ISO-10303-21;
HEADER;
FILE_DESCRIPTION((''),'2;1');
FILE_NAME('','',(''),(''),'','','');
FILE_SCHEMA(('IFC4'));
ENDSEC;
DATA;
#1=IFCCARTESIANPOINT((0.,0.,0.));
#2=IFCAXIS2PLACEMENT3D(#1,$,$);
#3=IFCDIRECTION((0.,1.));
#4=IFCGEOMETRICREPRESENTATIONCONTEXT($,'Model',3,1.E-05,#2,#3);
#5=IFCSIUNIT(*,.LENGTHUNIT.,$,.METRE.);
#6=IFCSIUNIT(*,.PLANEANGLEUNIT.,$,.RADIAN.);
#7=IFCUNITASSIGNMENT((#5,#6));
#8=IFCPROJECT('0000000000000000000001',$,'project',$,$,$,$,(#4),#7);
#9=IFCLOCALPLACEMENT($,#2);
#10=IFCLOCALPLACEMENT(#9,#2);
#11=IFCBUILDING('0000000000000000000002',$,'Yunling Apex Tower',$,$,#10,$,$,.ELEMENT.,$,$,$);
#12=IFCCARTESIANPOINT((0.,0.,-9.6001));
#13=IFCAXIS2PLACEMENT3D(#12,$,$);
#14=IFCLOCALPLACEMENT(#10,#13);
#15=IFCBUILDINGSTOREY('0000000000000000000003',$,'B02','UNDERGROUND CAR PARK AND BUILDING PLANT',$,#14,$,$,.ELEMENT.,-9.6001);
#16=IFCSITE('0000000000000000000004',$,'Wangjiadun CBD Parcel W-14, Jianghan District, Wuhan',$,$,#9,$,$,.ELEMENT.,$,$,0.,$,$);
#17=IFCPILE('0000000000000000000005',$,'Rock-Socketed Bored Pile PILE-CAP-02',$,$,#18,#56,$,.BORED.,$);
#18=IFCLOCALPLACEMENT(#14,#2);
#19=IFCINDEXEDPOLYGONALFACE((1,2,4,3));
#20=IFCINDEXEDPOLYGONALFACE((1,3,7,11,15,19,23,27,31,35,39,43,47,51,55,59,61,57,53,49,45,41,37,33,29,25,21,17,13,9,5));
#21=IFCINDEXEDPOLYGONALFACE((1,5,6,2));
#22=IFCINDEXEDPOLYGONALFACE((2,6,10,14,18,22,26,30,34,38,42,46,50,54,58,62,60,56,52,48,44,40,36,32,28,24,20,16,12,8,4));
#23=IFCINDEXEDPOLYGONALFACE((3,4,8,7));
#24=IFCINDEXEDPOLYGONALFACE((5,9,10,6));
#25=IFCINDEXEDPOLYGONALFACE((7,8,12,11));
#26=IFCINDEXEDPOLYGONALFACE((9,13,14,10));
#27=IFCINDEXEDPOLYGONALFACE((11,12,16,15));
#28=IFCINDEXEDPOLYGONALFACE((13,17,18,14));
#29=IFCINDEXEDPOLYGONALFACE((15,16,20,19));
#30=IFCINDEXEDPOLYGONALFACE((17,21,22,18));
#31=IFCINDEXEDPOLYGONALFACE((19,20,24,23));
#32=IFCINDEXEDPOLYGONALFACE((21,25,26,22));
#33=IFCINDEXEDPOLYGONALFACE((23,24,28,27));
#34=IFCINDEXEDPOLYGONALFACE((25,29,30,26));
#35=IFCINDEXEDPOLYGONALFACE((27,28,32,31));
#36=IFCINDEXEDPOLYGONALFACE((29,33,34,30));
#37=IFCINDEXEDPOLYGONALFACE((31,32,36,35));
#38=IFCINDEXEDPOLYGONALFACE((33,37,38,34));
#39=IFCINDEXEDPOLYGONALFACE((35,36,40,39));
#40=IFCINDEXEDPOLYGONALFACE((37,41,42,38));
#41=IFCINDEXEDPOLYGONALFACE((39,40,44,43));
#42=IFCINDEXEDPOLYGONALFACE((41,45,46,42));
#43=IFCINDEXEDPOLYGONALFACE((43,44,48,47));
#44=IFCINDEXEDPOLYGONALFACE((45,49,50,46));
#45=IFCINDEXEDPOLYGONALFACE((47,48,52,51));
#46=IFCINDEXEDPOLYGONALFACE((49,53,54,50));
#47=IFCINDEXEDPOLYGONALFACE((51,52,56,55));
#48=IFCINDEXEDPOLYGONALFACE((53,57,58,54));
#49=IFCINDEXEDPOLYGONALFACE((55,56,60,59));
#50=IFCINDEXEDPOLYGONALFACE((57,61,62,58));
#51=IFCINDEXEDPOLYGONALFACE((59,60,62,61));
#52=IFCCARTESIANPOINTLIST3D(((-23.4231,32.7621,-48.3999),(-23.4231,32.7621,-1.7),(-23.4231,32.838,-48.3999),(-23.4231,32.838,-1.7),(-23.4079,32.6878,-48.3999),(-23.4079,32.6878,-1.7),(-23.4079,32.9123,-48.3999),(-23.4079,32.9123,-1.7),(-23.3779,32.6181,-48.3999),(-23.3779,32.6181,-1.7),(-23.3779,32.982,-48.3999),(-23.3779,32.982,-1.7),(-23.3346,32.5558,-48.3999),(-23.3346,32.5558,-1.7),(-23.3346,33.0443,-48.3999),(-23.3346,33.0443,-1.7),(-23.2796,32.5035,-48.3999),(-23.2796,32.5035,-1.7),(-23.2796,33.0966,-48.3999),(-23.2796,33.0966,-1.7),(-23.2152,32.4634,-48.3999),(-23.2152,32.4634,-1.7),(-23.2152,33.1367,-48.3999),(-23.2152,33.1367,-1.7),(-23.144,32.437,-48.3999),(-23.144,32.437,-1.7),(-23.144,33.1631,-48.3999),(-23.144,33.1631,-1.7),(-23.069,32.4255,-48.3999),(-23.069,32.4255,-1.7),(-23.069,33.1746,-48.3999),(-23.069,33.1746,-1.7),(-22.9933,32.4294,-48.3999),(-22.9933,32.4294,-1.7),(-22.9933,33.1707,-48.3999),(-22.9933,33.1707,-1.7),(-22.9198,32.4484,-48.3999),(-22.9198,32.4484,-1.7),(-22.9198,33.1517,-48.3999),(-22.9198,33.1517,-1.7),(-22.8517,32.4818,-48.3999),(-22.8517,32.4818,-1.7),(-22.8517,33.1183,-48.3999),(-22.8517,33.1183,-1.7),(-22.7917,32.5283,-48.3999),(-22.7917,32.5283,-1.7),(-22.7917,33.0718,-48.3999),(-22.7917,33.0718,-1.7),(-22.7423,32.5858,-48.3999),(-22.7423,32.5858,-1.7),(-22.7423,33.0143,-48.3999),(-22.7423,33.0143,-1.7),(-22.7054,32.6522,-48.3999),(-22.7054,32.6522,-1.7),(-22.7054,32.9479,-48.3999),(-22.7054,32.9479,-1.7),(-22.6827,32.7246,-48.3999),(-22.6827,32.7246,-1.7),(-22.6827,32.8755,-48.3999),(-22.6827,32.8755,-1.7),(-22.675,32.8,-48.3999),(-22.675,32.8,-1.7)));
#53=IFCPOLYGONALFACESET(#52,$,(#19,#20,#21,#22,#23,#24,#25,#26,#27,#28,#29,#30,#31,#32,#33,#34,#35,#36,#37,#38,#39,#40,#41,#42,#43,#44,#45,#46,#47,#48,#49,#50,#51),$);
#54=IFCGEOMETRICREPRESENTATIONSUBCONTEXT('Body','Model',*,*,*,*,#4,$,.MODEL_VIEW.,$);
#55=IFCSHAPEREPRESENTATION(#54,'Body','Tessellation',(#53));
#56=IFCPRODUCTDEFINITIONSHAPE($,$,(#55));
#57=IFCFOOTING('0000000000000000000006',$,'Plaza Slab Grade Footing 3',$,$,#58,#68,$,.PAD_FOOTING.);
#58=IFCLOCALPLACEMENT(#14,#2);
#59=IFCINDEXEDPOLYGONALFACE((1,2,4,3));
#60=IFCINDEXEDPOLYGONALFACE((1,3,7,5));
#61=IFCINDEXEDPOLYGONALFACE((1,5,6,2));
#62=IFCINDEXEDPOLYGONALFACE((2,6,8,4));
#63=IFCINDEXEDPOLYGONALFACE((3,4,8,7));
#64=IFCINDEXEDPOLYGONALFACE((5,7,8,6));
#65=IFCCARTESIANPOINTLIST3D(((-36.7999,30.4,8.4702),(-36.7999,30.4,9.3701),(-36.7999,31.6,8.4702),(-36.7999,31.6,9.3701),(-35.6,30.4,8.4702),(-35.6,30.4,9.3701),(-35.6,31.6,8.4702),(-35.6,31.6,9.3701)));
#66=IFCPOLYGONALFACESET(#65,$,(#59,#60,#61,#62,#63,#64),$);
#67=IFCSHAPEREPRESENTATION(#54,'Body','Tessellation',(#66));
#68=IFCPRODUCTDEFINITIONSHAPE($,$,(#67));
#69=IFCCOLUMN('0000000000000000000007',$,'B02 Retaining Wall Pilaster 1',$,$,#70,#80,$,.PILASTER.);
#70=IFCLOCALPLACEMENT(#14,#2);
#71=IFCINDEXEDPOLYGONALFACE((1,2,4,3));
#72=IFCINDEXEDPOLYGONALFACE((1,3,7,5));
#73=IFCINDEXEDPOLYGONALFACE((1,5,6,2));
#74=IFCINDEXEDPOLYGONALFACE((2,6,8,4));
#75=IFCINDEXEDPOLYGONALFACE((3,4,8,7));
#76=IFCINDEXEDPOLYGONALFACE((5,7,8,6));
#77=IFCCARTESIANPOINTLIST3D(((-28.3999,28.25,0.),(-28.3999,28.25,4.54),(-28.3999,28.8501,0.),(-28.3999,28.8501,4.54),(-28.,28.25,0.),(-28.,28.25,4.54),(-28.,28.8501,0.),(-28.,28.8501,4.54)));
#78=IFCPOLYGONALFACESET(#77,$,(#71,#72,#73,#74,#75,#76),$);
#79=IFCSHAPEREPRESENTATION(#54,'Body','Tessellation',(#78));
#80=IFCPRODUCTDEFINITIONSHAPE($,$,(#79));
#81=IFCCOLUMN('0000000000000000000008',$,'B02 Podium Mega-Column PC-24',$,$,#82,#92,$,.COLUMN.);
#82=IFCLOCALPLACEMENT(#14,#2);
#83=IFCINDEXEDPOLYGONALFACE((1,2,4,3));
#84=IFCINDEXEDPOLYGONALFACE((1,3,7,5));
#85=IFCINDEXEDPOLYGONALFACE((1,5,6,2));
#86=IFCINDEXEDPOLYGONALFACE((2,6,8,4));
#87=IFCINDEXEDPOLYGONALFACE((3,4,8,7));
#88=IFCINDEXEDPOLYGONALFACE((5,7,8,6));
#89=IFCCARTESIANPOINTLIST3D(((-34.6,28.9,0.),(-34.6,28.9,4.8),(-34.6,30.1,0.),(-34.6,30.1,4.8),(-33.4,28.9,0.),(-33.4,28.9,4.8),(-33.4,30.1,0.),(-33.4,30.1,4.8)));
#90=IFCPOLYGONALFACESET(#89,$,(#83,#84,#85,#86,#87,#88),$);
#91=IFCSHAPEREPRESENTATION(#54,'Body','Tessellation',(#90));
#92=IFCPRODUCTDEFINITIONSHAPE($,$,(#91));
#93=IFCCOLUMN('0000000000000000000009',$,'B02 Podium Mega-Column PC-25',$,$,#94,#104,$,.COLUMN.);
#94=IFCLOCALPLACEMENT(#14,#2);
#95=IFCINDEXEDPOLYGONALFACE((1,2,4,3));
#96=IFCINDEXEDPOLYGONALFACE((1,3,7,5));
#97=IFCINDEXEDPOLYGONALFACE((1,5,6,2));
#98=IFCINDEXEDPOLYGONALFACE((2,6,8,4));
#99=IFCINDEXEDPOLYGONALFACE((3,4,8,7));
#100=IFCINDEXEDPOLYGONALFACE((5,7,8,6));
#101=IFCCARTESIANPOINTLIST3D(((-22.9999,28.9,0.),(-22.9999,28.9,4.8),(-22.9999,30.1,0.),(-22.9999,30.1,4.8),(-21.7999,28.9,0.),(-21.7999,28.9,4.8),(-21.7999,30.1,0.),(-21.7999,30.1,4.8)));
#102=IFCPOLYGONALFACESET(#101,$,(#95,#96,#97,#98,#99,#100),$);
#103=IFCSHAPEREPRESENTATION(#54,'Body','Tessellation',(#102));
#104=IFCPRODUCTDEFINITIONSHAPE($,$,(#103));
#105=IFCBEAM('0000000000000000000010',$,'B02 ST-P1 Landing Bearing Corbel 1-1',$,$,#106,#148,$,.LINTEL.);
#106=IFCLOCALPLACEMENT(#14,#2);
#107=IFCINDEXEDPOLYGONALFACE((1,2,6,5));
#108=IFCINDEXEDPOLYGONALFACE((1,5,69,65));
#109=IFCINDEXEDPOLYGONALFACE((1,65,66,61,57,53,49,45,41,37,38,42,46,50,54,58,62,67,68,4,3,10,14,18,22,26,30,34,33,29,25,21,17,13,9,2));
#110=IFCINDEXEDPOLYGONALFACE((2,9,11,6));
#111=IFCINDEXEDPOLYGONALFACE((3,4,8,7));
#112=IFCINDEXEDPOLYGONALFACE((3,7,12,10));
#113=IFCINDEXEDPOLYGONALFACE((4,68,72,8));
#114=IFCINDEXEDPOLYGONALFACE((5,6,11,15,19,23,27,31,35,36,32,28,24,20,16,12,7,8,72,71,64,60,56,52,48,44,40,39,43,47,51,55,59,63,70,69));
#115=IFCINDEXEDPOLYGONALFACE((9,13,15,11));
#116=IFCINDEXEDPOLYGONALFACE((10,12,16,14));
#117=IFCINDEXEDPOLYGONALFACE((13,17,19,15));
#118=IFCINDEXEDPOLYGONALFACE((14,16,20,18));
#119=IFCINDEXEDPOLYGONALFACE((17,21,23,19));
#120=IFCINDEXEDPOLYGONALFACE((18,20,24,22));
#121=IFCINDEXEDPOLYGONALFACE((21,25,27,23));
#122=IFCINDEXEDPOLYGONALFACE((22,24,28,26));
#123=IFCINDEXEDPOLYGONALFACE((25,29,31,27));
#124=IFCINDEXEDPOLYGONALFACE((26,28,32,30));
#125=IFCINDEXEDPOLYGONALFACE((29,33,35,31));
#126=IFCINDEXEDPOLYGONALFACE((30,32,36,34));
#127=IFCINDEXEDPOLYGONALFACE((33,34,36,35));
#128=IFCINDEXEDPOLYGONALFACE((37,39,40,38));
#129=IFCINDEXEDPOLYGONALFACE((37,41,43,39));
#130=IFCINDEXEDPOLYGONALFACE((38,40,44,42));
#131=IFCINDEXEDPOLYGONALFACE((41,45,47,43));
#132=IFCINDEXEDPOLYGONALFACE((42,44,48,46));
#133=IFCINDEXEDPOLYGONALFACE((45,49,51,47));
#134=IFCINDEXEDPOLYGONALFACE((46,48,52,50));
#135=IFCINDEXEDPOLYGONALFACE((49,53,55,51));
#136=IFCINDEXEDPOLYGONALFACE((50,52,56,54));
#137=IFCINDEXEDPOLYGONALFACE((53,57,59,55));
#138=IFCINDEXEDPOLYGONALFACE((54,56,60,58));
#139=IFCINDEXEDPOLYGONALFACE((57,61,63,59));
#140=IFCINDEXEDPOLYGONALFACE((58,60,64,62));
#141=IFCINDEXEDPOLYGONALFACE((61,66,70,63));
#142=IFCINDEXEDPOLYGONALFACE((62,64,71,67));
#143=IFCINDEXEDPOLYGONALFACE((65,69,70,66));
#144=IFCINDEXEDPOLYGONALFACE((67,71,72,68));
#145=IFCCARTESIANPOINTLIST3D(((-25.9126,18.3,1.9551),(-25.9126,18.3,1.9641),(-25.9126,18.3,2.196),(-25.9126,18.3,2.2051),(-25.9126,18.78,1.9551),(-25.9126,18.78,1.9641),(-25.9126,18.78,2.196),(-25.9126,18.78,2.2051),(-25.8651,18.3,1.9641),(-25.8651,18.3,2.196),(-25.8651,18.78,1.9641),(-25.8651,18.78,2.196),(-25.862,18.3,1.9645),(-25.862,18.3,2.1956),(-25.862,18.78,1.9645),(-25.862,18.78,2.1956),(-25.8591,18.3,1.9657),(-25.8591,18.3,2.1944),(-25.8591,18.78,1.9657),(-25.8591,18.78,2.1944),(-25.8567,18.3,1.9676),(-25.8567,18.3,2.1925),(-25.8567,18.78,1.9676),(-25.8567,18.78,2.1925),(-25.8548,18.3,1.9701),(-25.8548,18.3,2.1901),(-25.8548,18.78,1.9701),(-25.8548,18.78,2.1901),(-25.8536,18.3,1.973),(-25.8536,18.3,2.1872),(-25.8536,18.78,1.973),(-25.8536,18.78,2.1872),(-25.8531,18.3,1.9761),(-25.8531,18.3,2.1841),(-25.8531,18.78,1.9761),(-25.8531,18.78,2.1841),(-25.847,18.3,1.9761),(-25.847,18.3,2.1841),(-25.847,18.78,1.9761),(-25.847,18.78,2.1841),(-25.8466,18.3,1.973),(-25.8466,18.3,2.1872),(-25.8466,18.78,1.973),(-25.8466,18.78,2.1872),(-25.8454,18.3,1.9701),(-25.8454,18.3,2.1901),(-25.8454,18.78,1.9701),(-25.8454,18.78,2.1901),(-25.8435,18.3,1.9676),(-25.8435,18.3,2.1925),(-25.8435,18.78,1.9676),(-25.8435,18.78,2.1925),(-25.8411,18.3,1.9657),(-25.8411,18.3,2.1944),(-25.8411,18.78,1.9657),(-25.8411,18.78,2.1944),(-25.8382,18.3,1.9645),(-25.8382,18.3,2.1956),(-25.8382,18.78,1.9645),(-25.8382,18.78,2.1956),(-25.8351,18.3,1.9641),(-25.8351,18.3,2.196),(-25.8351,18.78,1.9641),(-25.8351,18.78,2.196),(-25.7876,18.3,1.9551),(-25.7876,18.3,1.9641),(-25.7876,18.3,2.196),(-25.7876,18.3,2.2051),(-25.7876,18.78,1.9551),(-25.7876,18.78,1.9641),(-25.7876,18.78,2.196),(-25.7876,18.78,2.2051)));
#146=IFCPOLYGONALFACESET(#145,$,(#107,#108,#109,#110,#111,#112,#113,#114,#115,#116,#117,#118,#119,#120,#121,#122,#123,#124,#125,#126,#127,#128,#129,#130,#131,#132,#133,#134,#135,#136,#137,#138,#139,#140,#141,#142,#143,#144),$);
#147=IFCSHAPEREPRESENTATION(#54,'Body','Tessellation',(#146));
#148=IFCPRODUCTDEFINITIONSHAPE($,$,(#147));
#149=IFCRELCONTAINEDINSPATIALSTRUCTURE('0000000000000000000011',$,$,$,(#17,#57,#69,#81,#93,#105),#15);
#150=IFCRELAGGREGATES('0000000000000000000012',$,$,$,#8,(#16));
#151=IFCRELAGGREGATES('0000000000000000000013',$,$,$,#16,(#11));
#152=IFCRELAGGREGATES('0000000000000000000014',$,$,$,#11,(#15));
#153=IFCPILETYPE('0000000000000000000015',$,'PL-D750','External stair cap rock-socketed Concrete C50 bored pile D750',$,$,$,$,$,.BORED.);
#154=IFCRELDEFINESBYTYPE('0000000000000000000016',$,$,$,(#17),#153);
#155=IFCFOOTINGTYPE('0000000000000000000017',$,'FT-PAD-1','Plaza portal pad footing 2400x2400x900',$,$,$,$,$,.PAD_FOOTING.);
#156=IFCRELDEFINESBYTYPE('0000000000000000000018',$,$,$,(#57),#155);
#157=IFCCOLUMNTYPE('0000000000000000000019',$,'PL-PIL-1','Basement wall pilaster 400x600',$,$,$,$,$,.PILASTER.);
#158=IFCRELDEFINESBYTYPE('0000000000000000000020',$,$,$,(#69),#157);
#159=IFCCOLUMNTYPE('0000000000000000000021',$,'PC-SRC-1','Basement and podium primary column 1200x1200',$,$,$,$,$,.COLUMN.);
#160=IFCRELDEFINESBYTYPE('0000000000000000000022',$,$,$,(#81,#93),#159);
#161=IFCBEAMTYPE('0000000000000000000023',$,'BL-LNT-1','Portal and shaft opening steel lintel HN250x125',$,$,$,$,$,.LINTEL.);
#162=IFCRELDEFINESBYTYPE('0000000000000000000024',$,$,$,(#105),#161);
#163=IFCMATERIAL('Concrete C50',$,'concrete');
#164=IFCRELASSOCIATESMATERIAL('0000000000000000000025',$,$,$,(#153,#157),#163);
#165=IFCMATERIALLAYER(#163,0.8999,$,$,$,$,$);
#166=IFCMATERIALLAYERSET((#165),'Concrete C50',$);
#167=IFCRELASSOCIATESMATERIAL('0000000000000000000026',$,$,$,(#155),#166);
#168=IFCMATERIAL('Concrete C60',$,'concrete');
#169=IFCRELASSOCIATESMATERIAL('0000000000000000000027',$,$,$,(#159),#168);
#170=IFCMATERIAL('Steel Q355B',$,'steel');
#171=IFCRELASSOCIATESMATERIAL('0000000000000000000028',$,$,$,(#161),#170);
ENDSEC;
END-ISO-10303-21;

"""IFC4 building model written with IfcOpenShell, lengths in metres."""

from ifc_helpers import new_model, si_unit, direction, frame, origin, origin_2d, place, context, subcontext, project, spatial, rectangle, circle, i_section, extrude, source, transform, mapped, material, layer, layer_set, material_profile, profile_set, type_object, element, save


model = new_model("IFC4")

# Units and contexts
model_context = context("Model", 3, precision=1e-05, world=origin(), true_north=direction((0.0, 1.0)))
body_context = subcontext(model_context, "Body", "Model", "MODEL_VIEW")
ifc_project = project(units=[si_unit("LENGTHUNIT", "METRE"), si_unit("PLANEANGLEUNIT", "RADIAN")], contexts=[model_context])

# Site, building, storey
site_placement = place(None, origin())
site = spatial("IfcSite", under=ifc_project, at=site_placement, Name="Wangjiadun CBD Parcel W-14, Jianghan District, Wuhan", CompositionType="ELEMENT", RefElevation=0.0)
building_placement = place(site_placement, origin())
building = spatial("IfcBuilding", under=site, at=building_placement, Name="Yunling Apex Tower", CompositionType="ELEMENT")
storey_placement = place(building_placement, frame((0.0, 0.0, -9.6001)))
storey = spatial("IfcBuildingStorey", under=building, at=storey_placement, Name="B02", Description="UNDERGROUND CAR PARK AND BUILDING PLANT", CompositionType="ELEMENT", Elevation=-9.6001)

# Shared definitions
ifc_material_1 = material(Name="Concrete C50", Category="concrete")

# Pile
ifc_material_profile_1 = material_profile(ifc_material_1, circle(Radius=0.375, at=origin_2d()))
ifc_profile_set_1 = profile_set([ifc_material_profile_1], Name="Concrete C50")
pile_type_1 = type_object("IfcPileType", Name="PL-D750", Description="External stair cap rock-socketed Concrete C50 bored pile D750", PredefinedType="BORED", material=ifc_profile_set_1)
shared_shape_1 = source(origin(), body_context, "Body", "SweptSolid", [
    extrude(circle(Radius=0.375, at=origin_2d()), origin(), (0.0, 0.0, 1.0), 46.7),
])
for number, where, z_axis, x_axis, name in (
    (1, (-23.05, 32.8, -1.7), (0.0, 0.0, -1.0), (1.0, 0.0, 0.0), "Rock-Socketed Bored Pile PILE-CAP-02"),
):
    element("IfcPile", number, at=place(storey_placement, frame(where, z_axis=z_axis, x_axis=x_axis)), inside=storey, type_object=pile_type_1, Name=name, PredefinedType="BORED", context=body_context, shape_type="MappedRepresentation", body=[
        mapped(shared_shape_1, transform((0.0, 0.0, 0.0), scale=1.0)),
    ])

# Footing
ifc_layer_1 = layer(ifc_material_1, 0.8999)
ifc_layer_set_1 = layer_set([ifc_layer_1], Name="Concrete C50")
footing_type_1 = type_object("IfcFootingType", Name="FT-PAD-1", Description="Plaza portal pad footing 2400x2400x900", PredefinedType="PAD_FOOTING", material=ifc_layer_set_1)
shared_shape_2 = source(origin(), body_context, "Body", "SweptSolid", [
    extrude(rectangle(XDim=1.2, YDim=1.2, at=origin_2d()), origin(), (0.0, 0.0, 1.0), 0.8999),
])
footing_1_placement = place(storey_placement, frame((-36.2, 31.0, 8.4702), z_axis=(0.0, 0.0, 1.0), x_axis=(1.0, 0.0, 0.0)))
element("IfcFooting", 2, at=footing_1_placement, inside=storey, type_object=footing_type_1, Name="Plaza Slab Grade Footing 3", PredefinedType="PAD_FOOTING", context=body_context, shape_type="MappedRepresentation", body=[
    mapped(shared_shape_2, transform((0.0, 0.0, 0.0), scale=1.0)),
])

# Columns
ifc_material_profile_2 = material_profile(ifc_material_1, rectangle(XDim=0.3999, YDim=0.6001, at=origin_2d()))
ifc_profile_set_2 = profile_set([ifc_material_profile_2], Name="Concrete C50")
column_type_1 = type_object("IfcColumnType", Name="PL-PIL-1", Description="Basement wall pilaster 400x600", PredefinedType="PILASTER", material=ifc_profile_set_2)
shared_shape_3 = source(origin(), body_context, "Body", "SweptSolid", [
    extrude(rectangle(XDim=0.3999, YDim=0.6001, at=origin_2d()), origin(), (0.0, 0.0, 1.0), 4.54),
])
column_placement = place(storey_placement, frame((-28.2, 28.55, 0.0), z_axis=(0.0, 0.0, 1.0), x_axis=(1.0, 0.0, 0.0)))
element("IfcColumn", 3, at=column_placement, inside=storey, type_object=column_type_1, Name="B02 Retaining Wall Pilaster 1", PredefinedType="PILASTER", context=body_context, shape_type="MappedRepresentation", body=[
    mapped(shared_shape_3, transform((0.0, 0.0, 0.0), scale=1.0)),
])
ifc_material_2 = material(Name="Concrete C60", Category="concrete")
ifc_material_profile_3 = material_profile(ifc_material_2, rectangle(XDim=1.2, YDim=1.2, at=origin_2d()))
ifc_profile_set_3 = profile_set([ifc_material_profile_3], Name="Concrete C60")
column_type_2 = type_object("IfcColumnType", Name="PC-SRC-1", Description="Basement and podium primary column 1200x1200", PredefinedType="COLUMN", material=ifc_profile_set_3)
shared_shape_4 = source(origin(), body_context, "Body", "SweptSolid", [
    extrude(rectangle(XDim=1.2, YDim=1.2, at=origin_2d()), origin(), (0.0, 0.0, 1.0), 4.8),
])
for number, where, z_axis, x_axis, name in (
    (4, (-34.0, 29.5, 0.0), (0.0, 0.0, 1.0), (1.0, 0.0, 0.0), "B02 Podium Mega-Column PC-24"),
    (5, (-22.3999, 29.5, 0.0), (0.0, 0.0, 1.0), (1.0, 0.0, 0.0), "B02 Podium Mega-Column PC-25"),
):
    element("IfcColumn", number, at=place(storey_placement, frame(where, z_axis=z_axis, x_axis=x_axis)), inside=storey, type_object=column_type_2, Name=name, PredefinedType="COLUMN", context=body_context, shape_type="MappedRepresentation", body=[
        mapped(shared_shape_4, transform((0.0, 0.0, 0.0), scale=1.0)),
    ])

# Beam
ifc_material_3 = material(Name="Steel Q355B", Category="steel")
ifc_material_profile_4 = material_profile(ifc_material_3, i_section(OverallWidth=0.125, OverallDepth=0.25, WebThickness=0.0061, FlangeThickness=0.009, FilletRadius=0.012, at=origin_2d()))
ifc_profile_set_4 = profile_set([ifc_material_profile_4], Name="Steel Q355B")
beam_type_1 = type_object("IfcBeamType", Name="BL-LNT-1", Description="Portal and shaft opening steel lintel HN250x125", PredefinedType="LINTEL", material=ifc_profile_set_4)
shared_shape_5 = source(origin(), body_context, "Body", "SweptSolid", [
    extrude(i_section(OverallWidth=0.125, OverallDepth=0.25, WebThickness=0.0061, FlangeThickness=0.009, FilletRadius=0.012, at=origin_2d()), origin(), (0.0, 0.0, 1.0), 0.48),
])
for number, where, z_axis, x_axis, name in (
    (6, (-25.8501, 18.78, 2.0801), (0.0, -1.0, 0.0), (1.0, 0.0, 0.0), "B02 ST-P1 Landing Bearing Corbel 1-1"),
):
    element("IfcBeam", number, at=place(storey_placement, frame(where, z_axis=z_axis, x_axis=x_axis)), inside=storey, type_object=beam_type_1, Name=name, PredefinedType="LINTEL", context=body_context, shape_type="MappedRepresentation", body=[
        mapped(shared_shape_5, transform((0.0, 0.0, 0.0), scale=1.0)),
    ])

save(model, "model.ifc")
